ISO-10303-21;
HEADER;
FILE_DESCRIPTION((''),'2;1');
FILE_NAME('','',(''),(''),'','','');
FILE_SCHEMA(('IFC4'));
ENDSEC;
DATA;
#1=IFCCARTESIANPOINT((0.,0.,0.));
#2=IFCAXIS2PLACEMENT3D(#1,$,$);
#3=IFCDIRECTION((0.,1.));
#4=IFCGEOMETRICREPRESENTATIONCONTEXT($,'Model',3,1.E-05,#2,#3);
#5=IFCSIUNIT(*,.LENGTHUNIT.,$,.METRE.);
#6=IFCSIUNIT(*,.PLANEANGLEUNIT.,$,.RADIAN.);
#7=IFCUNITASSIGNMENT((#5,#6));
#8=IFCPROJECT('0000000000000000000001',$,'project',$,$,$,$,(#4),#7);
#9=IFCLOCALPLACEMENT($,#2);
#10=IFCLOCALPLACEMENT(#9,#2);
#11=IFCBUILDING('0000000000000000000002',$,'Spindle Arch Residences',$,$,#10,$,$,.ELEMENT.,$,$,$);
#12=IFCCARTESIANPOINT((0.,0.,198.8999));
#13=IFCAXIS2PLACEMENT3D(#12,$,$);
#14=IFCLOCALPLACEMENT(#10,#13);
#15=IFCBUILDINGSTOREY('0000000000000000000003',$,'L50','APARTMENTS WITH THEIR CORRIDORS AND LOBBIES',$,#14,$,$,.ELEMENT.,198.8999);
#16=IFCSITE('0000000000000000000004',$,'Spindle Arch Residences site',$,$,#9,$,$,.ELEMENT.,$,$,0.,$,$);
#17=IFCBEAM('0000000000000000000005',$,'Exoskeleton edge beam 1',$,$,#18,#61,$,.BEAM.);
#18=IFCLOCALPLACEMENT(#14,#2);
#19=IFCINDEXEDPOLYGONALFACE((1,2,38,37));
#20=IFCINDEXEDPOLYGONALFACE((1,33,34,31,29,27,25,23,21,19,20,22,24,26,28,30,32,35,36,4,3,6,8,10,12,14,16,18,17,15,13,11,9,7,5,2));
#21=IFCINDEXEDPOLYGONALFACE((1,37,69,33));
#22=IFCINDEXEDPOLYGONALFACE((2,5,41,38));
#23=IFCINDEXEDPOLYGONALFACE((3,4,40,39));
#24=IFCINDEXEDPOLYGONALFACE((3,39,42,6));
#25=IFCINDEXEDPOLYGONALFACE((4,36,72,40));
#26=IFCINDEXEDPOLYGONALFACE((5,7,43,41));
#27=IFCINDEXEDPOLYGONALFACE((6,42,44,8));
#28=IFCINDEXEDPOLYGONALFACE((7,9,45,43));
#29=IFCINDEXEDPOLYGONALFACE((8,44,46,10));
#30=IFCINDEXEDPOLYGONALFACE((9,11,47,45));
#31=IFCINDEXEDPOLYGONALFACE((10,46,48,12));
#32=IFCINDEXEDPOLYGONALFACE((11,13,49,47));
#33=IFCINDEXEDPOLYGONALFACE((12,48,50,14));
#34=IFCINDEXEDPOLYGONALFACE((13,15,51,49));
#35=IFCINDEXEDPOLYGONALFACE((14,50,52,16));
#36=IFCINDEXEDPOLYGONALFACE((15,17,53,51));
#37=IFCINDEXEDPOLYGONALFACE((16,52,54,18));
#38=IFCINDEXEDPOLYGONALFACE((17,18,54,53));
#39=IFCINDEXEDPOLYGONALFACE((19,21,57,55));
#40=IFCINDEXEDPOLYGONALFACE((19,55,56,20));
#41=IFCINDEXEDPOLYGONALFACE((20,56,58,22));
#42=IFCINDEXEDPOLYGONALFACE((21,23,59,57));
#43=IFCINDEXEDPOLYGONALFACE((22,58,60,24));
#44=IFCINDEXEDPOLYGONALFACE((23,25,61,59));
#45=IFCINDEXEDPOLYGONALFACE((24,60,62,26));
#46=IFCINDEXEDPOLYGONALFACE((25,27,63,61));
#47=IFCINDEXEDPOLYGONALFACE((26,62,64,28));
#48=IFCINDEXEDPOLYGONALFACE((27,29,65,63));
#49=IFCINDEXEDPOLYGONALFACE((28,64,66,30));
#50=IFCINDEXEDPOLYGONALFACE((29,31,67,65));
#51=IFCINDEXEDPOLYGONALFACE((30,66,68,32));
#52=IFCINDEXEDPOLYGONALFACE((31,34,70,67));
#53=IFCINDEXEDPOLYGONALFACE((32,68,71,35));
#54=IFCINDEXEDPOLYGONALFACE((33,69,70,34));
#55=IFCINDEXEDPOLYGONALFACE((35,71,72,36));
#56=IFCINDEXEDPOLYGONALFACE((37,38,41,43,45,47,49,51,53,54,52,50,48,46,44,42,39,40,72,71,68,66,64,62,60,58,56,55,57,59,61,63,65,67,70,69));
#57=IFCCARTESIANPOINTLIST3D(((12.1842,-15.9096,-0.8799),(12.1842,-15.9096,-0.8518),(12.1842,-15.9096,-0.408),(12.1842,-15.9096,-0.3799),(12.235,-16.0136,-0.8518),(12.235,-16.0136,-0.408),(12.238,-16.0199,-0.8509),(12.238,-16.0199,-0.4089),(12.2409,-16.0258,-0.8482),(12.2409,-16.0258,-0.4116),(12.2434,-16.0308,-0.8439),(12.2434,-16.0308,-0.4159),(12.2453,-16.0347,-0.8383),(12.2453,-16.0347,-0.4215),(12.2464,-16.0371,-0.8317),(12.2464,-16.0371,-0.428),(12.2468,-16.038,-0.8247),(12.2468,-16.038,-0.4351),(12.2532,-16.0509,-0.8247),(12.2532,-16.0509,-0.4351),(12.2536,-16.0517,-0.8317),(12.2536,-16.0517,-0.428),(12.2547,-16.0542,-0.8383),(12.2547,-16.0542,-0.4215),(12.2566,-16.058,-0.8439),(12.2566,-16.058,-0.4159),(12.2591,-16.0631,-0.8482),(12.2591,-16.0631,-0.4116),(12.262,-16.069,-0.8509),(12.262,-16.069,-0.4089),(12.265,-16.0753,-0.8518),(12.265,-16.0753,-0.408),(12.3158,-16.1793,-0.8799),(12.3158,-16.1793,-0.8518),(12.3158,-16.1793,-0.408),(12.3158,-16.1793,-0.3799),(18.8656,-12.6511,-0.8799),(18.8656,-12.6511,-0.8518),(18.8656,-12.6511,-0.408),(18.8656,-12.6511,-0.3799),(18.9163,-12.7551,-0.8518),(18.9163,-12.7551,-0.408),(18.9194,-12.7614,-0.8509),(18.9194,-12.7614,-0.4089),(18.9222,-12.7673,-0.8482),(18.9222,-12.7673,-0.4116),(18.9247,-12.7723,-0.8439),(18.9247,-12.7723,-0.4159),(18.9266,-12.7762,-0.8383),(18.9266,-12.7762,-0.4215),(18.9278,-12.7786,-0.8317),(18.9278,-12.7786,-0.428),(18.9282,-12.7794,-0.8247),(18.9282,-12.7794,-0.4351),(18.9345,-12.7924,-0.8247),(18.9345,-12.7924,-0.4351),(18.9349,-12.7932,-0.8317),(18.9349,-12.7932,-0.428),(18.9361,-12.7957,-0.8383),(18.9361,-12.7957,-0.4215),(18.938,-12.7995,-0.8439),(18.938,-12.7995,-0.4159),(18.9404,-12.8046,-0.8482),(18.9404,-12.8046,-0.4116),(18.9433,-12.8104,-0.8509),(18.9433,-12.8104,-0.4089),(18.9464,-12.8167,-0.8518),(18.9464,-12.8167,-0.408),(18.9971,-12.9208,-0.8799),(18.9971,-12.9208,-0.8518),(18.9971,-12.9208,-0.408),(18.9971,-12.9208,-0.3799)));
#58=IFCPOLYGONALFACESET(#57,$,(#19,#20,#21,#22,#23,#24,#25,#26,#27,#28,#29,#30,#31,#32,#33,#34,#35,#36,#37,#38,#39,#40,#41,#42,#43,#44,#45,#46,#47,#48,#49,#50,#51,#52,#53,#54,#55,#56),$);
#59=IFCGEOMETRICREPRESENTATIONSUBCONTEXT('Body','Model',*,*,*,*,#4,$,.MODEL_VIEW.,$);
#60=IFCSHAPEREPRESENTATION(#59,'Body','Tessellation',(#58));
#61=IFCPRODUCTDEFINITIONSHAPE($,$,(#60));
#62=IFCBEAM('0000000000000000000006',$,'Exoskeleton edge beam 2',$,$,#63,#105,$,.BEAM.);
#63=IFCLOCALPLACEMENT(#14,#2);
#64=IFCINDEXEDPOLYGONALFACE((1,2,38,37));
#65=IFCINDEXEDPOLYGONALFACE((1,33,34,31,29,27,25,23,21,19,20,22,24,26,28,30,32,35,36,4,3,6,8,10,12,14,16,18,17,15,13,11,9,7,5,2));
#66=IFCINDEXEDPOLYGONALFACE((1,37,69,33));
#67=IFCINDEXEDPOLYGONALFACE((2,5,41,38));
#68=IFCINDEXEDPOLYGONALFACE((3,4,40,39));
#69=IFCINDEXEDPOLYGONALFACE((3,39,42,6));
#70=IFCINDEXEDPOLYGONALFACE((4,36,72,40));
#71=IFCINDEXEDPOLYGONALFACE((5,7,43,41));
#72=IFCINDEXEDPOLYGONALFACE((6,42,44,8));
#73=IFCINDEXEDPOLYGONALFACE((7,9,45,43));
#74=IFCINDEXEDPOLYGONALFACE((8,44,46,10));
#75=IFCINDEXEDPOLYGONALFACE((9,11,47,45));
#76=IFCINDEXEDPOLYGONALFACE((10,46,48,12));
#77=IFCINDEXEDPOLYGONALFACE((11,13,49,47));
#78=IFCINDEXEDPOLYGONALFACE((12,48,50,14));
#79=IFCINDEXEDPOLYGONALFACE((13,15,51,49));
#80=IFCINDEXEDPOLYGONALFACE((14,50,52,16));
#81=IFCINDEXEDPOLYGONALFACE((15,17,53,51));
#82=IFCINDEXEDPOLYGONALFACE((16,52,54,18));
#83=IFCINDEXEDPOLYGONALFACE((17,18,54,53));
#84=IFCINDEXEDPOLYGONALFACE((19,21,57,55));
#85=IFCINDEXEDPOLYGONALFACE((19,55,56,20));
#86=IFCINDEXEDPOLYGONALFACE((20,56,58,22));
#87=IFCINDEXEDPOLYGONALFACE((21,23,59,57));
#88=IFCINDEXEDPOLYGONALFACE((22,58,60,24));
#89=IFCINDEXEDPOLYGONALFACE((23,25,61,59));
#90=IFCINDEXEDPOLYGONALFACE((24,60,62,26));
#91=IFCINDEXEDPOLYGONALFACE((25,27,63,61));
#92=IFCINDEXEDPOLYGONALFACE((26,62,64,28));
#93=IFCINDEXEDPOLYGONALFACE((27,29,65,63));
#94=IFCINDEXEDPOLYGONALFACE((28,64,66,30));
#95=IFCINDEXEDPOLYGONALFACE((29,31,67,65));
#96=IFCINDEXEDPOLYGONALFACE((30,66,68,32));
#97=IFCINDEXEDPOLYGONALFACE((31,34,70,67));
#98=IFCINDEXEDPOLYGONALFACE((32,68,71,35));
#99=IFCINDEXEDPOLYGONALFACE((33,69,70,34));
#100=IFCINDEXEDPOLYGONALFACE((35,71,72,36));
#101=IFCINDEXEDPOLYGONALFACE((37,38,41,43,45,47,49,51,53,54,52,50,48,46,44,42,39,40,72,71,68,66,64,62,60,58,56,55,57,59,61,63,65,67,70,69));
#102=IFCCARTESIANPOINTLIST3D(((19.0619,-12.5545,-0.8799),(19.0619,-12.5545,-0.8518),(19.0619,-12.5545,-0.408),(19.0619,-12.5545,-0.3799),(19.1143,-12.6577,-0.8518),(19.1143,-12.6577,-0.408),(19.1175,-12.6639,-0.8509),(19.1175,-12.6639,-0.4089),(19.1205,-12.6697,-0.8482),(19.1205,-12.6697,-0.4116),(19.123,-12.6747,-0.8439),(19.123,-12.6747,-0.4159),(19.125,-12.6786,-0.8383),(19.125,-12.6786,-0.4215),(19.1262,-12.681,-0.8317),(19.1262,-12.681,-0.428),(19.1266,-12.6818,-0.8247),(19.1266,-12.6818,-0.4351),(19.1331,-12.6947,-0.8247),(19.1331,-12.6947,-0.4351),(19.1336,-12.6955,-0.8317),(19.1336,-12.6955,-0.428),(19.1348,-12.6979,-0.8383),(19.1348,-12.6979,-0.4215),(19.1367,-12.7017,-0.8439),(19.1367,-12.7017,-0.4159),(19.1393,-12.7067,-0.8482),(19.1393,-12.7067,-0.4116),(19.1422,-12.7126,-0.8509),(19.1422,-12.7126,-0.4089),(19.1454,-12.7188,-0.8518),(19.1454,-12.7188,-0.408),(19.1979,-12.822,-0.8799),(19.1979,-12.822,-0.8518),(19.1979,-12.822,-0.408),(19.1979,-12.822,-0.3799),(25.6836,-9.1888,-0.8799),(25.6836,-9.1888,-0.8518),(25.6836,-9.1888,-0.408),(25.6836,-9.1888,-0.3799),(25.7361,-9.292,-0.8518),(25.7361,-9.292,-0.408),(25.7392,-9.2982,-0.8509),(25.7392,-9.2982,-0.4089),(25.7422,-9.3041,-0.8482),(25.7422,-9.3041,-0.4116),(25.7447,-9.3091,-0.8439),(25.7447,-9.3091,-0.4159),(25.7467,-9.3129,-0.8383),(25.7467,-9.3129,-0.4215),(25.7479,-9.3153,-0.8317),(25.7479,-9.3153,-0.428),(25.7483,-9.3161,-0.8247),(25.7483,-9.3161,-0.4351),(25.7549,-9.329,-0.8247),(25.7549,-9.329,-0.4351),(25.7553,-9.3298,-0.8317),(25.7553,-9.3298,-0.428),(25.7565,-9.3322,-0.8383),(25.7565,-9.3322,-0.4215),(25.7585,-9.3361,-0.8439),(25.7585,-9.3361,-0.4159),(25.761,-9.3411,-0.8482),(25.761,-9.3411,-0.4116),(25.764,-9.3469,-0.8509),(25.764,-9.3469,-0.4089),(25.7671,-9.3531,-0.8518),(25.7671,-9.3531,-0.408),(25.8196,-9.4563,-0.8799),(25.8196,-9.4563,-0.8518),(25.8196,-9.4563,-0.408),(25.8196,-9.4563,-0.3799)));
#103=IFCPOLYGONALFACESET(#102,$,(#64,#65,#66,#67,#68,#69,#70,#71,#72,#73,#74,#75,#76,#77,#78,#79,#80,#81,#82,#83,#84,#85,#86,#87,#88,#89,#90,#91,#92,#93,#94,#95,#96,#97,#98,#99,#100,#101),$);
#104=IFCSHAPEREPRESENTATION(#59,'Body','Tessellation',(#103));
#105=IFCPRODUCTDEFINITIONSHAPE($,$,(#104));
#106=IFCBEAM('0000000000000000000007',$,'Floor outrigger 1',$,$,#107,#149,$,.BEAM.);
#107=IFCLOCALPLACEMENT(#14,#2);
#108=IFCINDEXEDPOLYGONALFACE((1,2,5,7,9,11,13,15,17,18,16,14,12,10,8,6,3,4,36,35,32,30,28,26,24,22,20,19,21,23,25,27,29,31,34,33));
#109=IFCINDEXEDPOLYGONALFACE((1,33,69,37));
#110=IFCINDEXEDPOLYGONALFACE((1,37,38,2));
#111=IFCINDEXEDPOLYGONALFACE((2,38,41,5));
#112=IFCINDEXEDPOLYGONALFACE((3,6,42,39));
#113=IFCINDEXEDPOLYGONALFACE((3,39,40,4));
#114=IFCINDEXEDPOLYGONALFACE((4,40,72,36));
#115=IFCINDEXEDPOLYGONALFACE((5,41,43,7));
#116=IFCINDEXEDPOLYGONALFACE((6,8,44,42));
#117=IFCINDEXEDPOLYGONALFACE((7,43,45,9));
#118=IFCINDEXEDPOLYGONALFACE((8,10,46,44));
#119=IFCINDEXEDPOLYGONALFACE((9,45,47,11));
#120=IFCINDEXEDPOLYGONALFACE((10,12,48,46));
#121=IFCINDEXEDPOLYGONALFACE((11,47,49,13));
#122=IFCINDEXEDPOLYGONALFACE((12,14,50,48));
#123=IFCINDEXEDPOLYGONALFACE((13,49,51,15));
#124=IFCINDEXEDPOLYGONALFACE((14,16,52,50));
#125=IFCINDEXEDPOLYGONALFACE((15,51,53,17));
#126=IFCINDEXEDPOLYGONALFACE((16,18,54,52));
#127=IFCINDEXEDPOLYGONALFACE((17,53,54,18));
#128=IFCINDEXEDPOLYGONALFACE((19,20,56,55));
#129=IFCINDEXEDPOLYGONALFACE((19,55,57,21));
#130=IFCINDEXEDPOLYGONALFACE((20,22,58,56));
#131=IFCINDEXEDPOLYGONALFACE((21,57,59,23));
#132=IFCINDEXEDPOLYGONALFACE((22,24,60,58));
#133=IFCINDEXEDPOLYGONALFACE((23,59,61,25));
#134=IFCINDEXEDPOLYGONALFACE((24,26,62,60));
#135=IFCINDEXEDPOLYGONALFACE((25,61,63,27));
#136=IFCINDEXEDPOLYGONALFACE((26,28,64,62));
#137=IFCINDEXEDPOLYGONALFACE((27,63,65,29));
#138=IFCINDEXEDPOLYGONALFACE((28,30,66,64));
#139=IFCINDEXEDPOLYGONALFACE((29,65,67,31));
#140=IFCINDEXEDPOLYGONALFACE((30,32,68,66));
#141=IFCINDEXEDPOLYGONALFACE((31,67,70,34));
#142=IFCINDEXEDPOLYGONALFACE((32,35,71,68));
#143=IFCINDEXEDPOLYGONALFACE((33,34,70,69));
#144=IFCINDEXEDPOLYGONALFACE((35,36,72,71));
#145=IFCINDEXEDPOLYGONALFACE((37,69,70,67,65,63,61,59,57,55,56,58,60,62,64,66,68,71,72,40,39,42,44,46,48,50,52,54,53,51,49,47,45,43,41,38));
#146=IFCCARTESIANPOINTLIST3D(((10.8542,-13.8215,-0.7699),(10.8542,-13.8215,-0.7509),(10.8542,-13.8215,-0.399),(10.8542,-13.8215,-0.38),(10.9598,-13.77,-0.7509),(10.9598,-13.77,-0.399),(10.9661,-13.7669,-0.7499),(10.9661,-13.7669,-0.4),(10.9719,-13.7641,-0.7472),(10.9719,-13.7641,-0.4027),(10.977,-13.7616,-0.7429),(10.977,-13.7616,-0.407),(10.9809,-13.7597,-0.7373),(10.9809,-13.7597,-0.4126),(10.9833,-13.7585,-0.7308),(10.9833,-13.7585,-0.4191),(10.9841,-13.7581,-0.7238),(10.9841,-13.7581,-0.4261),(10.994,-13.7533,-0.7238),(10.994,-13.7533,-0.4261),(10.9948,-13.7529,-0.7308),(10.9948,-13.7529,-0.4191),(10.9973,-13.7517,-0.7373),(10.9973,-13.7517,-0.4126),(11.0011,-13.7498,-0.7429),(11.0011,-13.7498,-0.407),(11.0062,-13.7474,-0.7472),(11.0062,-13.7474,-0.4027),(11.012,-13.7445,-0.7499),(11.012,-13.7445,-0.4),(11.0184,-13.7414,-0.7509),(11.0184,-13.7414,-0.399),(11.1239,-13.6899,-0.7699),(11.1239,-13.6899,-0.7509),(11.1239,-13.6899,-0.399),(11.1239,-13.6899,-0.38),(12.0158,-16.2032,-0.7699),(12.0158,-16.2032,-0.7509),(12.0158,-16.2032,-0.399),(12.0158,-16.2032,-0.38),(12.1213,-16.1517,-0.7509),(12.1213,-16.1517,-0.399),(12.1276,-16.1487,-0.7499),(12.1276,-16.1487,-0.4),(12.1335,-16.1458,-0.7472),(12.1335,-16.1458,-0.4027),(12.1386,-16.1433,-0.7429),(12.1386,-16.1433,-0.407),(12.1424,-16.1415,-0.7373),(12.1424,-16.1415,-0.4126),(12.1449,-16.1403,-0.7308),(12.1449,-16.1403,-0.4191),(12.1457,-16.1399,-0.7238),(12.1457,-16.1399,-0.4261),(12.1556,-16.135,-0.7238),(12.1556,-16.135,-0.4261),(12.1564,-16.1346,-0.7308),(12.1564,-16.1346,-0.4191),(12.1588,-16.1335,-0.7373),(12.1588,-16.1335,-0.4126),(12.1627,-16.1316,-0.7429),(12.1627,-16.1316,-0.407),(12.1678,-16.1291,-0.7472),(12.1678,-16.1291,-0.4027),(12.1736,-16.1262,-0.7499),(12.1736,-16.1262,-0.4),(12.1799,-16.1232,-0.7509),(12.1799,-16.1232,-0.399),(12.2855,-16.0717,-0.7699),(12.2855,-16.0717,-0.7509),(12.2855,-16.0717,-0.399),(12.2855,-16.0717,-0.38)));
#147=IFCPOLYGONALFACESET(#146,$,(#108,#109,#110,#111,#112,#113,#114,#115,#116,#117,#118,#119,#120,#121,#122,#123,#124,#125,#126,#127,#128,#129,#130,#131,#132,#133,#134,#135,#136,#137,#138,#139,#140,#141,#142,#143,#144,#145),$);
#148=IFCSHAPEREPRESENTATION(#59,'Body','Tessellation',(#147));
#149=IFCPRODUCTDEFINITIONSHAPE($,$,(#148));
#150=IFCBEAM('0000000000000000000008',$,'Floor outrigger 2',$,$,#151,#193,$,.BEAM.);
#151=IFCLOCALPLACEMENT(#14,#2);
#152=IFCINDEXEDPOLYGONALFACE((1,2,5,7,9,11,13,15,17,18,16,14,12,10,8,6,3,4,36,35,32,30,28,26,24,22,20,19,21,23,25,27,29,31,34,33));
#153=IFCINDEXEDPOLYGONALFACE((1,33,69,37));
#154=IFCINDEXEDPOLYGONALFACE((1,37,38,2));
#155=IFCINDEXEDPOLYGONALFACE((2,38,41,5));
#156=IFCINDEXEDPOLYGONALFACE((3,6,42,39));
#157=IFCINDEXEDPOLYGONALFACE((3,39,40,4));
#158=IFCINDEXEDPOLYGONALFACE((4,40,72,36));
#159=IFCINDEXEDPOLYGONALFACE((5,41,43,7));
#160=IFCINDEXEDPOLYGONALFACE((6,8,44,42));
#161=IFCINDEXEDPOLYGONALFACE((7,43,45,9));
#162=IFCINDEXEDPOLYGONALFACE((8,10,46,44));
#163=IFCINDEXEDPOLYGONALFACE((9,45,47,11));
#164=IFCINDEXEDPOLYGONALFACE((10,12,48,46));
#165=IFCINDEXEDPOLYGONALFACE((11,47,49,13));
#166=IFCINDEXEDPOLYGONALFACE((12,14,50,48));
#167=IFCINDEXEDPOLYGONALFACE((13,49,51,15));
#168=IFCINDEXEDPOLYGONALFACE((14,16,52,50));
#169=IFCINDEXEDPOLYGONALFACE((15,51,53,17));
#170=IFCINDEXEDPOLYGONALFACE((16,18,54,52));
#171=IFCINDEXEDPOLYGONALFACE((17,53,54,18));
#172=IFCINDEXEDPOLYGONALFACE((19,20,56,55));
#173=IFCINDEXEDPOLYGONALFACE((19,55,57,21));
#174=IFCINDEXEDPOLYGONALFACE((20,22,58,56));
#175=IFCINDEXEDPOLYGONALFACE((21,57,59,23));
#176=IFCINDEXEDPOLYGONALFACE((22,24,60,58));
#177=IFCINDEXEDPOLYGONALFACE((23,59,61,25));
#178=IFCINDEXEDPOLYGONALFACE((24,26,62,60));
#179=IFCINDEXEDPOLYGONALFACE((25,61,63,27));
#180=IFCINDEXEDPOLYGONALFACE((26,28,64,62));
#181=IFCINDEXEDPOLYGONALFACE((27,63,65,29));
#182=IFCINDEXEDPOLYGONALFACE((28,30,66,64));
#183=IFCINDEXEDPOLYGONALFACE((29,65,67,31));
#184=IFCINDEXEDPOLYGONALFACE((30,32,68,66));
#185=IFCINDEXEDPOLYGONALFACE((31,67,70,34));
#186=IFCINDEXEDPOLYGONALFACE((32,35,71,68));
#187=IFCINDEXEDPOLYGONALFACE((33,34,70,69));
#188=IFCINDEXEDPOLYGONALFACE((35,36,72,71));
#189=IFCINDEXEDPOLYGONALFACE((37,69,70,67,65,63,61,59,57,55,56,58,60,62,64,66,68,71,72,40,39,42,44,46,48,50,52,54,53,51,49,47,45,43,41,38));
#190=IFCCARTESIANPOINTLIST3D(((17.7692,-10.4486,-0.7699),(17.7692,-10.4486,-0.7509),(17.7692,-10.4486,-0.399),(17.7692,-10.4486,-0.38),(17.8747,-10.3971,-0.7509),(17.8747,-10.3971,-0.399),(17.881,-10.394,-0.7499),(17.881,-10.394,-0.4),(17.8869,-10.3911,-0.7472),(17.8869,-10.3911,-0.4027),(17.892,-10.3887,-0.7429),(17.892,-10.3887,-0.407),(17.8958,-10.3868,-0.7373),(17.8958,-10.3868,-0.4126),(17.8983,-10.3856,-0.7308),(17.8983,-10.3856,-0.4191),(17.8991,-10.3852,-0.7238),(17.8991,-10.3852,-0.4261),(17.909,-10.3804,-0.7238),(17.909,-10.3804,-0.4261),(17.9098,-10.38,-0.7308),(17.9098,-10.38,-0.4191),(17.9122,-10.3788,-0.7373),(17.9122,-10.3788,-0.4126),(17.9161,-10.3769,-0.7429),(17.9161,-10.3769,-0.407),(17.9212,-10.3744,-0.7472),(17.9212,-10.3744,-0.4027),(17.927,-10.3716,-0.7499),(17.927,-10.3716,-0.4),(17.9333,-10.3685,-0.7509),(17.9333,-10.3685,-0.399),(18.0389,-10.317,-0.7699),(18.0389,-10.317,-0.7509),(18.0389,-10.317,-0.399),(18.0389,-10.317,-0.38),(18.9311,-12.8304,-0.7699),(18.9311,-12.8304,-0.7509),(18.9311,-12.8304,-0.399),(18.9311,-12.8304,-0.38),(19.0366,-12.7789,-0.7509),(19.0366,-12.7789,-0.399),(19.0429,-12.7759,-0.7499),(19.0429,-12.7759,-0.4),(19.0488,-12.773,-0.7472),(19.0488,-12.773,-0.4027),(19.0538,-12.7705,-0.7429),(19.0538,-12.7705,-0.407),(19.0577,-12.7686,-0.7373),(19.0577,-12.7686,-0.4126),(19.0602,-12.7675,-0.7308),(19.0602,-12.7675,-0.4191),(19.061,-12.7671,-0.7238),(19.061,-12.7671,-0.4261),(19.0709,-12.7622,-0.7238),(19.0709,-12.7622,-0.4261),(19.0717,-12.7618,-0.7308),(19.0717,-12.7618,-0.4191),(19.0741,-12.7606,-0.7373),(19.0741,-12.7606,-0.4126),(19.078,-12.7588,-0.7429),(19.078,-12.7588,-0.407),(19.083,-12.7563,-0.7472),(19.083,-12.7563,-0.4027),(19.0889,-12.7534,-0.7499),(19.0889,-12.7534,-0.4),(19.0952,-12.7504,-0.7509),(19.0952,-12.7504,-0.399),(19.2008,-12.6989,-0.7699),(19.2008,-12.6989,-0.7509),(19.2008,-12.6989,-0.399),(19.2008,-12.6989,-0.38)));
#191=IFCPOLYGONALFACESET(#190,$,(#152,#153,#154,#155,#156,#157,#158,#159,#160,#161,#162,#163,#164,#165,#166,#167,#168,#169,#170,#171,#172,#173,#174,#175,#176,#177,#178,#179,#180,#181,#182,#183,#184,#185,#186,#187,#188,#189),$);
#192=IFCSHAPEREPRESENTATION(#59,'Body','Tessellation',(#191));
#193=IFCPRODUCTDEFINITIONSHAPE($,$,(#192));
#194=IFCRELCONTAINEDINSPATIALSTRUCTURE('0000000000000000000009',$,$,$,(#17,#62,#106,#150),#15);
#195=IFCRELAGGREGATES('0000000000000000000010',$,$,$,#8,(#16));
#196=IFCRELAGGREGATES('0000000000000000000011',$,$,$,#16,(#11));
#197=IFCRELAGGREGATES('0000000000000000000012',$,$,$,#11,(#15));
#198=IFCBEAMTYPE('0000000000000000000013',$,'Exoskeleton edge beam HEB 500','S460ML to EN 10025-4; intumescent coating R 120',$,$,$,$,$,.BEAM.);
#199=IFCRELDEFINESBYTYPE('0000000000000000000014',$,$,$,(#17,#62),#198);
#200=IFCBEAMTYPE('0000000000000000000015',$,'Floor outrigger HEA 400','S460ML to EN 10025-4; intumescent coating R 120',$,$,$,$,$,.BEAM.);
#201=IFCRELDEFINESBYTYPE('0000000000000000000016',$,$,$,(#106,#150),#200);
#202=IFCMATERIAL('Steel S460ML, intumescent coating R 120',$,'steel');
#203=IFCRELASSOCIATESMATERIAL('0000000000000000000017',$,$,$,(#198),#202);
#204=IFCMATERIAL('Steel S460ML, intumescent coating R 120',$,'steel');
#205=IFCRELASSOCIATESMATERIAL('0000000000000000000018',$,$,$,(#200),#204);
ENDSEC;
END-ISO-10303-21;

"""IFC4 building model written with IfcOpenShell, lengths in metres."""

from ifc_helpers import new_model, si_unit, direction, frame, origin, origin_2d, place, context, subcontext, project, spatial, i_section, extrude, material, material_profile, profile_set, type_object, element, save


model = new_model("IFC4")

# Units and contexts
model_context = context("Model", 3, precision=1e-05, world=origin(), true_north=direction((0.0, 1.0)))
body_context = subcontext(model_context, "Body", "Model", "MODEL_VIEW")
ifc_project = project(units=[si_unit("LENGTHUNIT", "METRE"), si_unit("PLANEANGLEUNIT", "RADIAN")], contexts=[model_context])

# Site, building, storey
site_placement = place(None, origin())
site = spatial("IfcSite", under=ifc_project, at=site_placement, Name="Spindle Arch Residences site", CompositionType="ELEMENT", RefElevation=0.0)
building_placement = place(site_placement, origin())
building = spatial("IfcBuilding", under=site, at=building_placement, Name="Spindle Arch Residences", CompositionType="ELEMENT")
storey_placement = place(building_placement, frame((0.0, 0.0, 198.8999)))
storey = spatial("IfcBuildingStorey", under=building, at=storey_placement, Name="L50", Description="APARTMENTS WITH THEIR CORRIDORS AND LOBBIES", CompositionType="ELEMENT", Elevation=198.8999)

# Beams
ifc_material_1 = material(Name="Steel S460ML, intumescent coating R 120", Category="steel")
ifc_material_profile_1 = material_profile(ifc_material_1, i_section(OverallWidth=0.3, OverallDepth=0.5, WebThickness=0.0144, FlangeThickness=0.0281, FilletRadius=0.0271, at=origin_2d()), Name="HEB 500")
ifc_profile_set_1 = profile_set([ifc_material_profile_1], Name="Steel S460ML, intumescent coating R 120")
beam_type_1 = type_object("IfcBeamType", Name="Exoskeleton edge beam HEB 500", Description="S460ML to EN 10025-4; intumescent coating R 120", PredefinedType="BEAM", material=ifc_profile_set_1)
beam_1_placement = place(storey_placement, frame((12.25, -16.0444, -0.6299), z_axis=(0.898804, 0.438351, 0.0), x_axis=(-0.438351, 0.898804, 0.0)))
element("IfcBeam", 1, at=beam_1_placement, inside=storey, type_object=beam_type_1, Name="Exoskeleton edge beam 1", PredefinedType="BEAM", context=body_context, shape_type="SweptSolid", body=[
    extrude(i_section(OverallWidth=0.3, OverallDepth=0.5, WebThickness=0.0144, FlangeThickness=0.0281, FilletRadius=0.0271, at=origin_2d()), origin(), (0.0, 0.0, 1.0), 7.4336),
])
beam_2_placement = place(storey_placement, frame((19.1299, -12.6882, -0.6299), z_axis=(0.891456, 0.453107, 0.0), x_axis=(-0.453107, 0.891456, 0.0)))
element("IfcBeam", 2, at=beam_2_placement, inside=storey, type_object=beam_type_1, Name="Exoskeleton edge beam 2", PredefinedType="BEAM", context=body_context, shape_type="SweptSolid", body=[
    extrude(i_section(OverallWidth=0.3, OverallDepth=0.5, WebThickness=0.0144, FlangeThickness=0.0281, FilletRadius=0.0271, at=origin_2d()), origin(), (0.0, 0.0, 1.0), 7.428),
])
ifc_material_2 = material(Name="Steel S460ML, intumescent coating R 120", Category="steel")
ifc_material_profile_2 = material_profile(ifc_material_2, i_section(OverallWidth=0.3, OverallDepth=0.3899, WebThickness=0.011, FlangeThickness=0.019, FilletRadius=0.0271, at=origin_2d()), Name="HEA 400")
ifc_profile_set_2 = profile_set([ifc_material_profile_2], Name="Steel S460ML, intumescent coating R 120")
beam_type_2 = type_object("IfcBeamType", Name="Floor outrigger HEA 400", Description="S460ML to EN 10025-4; intumescent coating R 120", PredefinedType="BEAM", material=ifc_profile_set_2)
beam_3_placement = place(storey_placement, frame((12.1506, -16.1375, -0.575), z_axis=(-0.438347, 0.898806, 0.0), x_axis=(-0.898806, -0.438347, 0.0)))
element("IfcBeam", 3, at=beam_3_placement, inside=storey, type_object=beam_type_2, Name="Floor outrigger 1", PredefinedType="BEAM", context=body_context, shape_type="SweptSolid", body=[
    extrude(i_section(OverallWidth=0.3, OverallDepth=0.3899, WebThickness=0.011, FlangeThickness=0.019, FilletRadius=0.0271, at=origin_2d()), origin(), (0.0, 0.0, 1.0), 2.6499),
])
beam_4_placement = place(storey_placement, frame((19.0659, -12.7646, -0.575), z_axis=(-0.438422, 0.898769, 0.0), x_axis=(-0.898769, -0.438422, 0.0)))
element("IfcBeam", 4, at=beam_4_placement, inside=storey, type_object=beam_type_2, Name="Floor outrigger 2", PredefinedType="BEAM", context=body_context, shape_type="SweptSolid", body=[
    extrude(i_section(OverallWidth=0.3, OverallDepth=0.3899, WebThickness=0.011, FlangeThickness=0.019, FilletRadius=0.0271, at=origin_2d()), origin(), (0.0, 0.0, 1.0), 2.6501),
])

save(model, "model.ifc")
